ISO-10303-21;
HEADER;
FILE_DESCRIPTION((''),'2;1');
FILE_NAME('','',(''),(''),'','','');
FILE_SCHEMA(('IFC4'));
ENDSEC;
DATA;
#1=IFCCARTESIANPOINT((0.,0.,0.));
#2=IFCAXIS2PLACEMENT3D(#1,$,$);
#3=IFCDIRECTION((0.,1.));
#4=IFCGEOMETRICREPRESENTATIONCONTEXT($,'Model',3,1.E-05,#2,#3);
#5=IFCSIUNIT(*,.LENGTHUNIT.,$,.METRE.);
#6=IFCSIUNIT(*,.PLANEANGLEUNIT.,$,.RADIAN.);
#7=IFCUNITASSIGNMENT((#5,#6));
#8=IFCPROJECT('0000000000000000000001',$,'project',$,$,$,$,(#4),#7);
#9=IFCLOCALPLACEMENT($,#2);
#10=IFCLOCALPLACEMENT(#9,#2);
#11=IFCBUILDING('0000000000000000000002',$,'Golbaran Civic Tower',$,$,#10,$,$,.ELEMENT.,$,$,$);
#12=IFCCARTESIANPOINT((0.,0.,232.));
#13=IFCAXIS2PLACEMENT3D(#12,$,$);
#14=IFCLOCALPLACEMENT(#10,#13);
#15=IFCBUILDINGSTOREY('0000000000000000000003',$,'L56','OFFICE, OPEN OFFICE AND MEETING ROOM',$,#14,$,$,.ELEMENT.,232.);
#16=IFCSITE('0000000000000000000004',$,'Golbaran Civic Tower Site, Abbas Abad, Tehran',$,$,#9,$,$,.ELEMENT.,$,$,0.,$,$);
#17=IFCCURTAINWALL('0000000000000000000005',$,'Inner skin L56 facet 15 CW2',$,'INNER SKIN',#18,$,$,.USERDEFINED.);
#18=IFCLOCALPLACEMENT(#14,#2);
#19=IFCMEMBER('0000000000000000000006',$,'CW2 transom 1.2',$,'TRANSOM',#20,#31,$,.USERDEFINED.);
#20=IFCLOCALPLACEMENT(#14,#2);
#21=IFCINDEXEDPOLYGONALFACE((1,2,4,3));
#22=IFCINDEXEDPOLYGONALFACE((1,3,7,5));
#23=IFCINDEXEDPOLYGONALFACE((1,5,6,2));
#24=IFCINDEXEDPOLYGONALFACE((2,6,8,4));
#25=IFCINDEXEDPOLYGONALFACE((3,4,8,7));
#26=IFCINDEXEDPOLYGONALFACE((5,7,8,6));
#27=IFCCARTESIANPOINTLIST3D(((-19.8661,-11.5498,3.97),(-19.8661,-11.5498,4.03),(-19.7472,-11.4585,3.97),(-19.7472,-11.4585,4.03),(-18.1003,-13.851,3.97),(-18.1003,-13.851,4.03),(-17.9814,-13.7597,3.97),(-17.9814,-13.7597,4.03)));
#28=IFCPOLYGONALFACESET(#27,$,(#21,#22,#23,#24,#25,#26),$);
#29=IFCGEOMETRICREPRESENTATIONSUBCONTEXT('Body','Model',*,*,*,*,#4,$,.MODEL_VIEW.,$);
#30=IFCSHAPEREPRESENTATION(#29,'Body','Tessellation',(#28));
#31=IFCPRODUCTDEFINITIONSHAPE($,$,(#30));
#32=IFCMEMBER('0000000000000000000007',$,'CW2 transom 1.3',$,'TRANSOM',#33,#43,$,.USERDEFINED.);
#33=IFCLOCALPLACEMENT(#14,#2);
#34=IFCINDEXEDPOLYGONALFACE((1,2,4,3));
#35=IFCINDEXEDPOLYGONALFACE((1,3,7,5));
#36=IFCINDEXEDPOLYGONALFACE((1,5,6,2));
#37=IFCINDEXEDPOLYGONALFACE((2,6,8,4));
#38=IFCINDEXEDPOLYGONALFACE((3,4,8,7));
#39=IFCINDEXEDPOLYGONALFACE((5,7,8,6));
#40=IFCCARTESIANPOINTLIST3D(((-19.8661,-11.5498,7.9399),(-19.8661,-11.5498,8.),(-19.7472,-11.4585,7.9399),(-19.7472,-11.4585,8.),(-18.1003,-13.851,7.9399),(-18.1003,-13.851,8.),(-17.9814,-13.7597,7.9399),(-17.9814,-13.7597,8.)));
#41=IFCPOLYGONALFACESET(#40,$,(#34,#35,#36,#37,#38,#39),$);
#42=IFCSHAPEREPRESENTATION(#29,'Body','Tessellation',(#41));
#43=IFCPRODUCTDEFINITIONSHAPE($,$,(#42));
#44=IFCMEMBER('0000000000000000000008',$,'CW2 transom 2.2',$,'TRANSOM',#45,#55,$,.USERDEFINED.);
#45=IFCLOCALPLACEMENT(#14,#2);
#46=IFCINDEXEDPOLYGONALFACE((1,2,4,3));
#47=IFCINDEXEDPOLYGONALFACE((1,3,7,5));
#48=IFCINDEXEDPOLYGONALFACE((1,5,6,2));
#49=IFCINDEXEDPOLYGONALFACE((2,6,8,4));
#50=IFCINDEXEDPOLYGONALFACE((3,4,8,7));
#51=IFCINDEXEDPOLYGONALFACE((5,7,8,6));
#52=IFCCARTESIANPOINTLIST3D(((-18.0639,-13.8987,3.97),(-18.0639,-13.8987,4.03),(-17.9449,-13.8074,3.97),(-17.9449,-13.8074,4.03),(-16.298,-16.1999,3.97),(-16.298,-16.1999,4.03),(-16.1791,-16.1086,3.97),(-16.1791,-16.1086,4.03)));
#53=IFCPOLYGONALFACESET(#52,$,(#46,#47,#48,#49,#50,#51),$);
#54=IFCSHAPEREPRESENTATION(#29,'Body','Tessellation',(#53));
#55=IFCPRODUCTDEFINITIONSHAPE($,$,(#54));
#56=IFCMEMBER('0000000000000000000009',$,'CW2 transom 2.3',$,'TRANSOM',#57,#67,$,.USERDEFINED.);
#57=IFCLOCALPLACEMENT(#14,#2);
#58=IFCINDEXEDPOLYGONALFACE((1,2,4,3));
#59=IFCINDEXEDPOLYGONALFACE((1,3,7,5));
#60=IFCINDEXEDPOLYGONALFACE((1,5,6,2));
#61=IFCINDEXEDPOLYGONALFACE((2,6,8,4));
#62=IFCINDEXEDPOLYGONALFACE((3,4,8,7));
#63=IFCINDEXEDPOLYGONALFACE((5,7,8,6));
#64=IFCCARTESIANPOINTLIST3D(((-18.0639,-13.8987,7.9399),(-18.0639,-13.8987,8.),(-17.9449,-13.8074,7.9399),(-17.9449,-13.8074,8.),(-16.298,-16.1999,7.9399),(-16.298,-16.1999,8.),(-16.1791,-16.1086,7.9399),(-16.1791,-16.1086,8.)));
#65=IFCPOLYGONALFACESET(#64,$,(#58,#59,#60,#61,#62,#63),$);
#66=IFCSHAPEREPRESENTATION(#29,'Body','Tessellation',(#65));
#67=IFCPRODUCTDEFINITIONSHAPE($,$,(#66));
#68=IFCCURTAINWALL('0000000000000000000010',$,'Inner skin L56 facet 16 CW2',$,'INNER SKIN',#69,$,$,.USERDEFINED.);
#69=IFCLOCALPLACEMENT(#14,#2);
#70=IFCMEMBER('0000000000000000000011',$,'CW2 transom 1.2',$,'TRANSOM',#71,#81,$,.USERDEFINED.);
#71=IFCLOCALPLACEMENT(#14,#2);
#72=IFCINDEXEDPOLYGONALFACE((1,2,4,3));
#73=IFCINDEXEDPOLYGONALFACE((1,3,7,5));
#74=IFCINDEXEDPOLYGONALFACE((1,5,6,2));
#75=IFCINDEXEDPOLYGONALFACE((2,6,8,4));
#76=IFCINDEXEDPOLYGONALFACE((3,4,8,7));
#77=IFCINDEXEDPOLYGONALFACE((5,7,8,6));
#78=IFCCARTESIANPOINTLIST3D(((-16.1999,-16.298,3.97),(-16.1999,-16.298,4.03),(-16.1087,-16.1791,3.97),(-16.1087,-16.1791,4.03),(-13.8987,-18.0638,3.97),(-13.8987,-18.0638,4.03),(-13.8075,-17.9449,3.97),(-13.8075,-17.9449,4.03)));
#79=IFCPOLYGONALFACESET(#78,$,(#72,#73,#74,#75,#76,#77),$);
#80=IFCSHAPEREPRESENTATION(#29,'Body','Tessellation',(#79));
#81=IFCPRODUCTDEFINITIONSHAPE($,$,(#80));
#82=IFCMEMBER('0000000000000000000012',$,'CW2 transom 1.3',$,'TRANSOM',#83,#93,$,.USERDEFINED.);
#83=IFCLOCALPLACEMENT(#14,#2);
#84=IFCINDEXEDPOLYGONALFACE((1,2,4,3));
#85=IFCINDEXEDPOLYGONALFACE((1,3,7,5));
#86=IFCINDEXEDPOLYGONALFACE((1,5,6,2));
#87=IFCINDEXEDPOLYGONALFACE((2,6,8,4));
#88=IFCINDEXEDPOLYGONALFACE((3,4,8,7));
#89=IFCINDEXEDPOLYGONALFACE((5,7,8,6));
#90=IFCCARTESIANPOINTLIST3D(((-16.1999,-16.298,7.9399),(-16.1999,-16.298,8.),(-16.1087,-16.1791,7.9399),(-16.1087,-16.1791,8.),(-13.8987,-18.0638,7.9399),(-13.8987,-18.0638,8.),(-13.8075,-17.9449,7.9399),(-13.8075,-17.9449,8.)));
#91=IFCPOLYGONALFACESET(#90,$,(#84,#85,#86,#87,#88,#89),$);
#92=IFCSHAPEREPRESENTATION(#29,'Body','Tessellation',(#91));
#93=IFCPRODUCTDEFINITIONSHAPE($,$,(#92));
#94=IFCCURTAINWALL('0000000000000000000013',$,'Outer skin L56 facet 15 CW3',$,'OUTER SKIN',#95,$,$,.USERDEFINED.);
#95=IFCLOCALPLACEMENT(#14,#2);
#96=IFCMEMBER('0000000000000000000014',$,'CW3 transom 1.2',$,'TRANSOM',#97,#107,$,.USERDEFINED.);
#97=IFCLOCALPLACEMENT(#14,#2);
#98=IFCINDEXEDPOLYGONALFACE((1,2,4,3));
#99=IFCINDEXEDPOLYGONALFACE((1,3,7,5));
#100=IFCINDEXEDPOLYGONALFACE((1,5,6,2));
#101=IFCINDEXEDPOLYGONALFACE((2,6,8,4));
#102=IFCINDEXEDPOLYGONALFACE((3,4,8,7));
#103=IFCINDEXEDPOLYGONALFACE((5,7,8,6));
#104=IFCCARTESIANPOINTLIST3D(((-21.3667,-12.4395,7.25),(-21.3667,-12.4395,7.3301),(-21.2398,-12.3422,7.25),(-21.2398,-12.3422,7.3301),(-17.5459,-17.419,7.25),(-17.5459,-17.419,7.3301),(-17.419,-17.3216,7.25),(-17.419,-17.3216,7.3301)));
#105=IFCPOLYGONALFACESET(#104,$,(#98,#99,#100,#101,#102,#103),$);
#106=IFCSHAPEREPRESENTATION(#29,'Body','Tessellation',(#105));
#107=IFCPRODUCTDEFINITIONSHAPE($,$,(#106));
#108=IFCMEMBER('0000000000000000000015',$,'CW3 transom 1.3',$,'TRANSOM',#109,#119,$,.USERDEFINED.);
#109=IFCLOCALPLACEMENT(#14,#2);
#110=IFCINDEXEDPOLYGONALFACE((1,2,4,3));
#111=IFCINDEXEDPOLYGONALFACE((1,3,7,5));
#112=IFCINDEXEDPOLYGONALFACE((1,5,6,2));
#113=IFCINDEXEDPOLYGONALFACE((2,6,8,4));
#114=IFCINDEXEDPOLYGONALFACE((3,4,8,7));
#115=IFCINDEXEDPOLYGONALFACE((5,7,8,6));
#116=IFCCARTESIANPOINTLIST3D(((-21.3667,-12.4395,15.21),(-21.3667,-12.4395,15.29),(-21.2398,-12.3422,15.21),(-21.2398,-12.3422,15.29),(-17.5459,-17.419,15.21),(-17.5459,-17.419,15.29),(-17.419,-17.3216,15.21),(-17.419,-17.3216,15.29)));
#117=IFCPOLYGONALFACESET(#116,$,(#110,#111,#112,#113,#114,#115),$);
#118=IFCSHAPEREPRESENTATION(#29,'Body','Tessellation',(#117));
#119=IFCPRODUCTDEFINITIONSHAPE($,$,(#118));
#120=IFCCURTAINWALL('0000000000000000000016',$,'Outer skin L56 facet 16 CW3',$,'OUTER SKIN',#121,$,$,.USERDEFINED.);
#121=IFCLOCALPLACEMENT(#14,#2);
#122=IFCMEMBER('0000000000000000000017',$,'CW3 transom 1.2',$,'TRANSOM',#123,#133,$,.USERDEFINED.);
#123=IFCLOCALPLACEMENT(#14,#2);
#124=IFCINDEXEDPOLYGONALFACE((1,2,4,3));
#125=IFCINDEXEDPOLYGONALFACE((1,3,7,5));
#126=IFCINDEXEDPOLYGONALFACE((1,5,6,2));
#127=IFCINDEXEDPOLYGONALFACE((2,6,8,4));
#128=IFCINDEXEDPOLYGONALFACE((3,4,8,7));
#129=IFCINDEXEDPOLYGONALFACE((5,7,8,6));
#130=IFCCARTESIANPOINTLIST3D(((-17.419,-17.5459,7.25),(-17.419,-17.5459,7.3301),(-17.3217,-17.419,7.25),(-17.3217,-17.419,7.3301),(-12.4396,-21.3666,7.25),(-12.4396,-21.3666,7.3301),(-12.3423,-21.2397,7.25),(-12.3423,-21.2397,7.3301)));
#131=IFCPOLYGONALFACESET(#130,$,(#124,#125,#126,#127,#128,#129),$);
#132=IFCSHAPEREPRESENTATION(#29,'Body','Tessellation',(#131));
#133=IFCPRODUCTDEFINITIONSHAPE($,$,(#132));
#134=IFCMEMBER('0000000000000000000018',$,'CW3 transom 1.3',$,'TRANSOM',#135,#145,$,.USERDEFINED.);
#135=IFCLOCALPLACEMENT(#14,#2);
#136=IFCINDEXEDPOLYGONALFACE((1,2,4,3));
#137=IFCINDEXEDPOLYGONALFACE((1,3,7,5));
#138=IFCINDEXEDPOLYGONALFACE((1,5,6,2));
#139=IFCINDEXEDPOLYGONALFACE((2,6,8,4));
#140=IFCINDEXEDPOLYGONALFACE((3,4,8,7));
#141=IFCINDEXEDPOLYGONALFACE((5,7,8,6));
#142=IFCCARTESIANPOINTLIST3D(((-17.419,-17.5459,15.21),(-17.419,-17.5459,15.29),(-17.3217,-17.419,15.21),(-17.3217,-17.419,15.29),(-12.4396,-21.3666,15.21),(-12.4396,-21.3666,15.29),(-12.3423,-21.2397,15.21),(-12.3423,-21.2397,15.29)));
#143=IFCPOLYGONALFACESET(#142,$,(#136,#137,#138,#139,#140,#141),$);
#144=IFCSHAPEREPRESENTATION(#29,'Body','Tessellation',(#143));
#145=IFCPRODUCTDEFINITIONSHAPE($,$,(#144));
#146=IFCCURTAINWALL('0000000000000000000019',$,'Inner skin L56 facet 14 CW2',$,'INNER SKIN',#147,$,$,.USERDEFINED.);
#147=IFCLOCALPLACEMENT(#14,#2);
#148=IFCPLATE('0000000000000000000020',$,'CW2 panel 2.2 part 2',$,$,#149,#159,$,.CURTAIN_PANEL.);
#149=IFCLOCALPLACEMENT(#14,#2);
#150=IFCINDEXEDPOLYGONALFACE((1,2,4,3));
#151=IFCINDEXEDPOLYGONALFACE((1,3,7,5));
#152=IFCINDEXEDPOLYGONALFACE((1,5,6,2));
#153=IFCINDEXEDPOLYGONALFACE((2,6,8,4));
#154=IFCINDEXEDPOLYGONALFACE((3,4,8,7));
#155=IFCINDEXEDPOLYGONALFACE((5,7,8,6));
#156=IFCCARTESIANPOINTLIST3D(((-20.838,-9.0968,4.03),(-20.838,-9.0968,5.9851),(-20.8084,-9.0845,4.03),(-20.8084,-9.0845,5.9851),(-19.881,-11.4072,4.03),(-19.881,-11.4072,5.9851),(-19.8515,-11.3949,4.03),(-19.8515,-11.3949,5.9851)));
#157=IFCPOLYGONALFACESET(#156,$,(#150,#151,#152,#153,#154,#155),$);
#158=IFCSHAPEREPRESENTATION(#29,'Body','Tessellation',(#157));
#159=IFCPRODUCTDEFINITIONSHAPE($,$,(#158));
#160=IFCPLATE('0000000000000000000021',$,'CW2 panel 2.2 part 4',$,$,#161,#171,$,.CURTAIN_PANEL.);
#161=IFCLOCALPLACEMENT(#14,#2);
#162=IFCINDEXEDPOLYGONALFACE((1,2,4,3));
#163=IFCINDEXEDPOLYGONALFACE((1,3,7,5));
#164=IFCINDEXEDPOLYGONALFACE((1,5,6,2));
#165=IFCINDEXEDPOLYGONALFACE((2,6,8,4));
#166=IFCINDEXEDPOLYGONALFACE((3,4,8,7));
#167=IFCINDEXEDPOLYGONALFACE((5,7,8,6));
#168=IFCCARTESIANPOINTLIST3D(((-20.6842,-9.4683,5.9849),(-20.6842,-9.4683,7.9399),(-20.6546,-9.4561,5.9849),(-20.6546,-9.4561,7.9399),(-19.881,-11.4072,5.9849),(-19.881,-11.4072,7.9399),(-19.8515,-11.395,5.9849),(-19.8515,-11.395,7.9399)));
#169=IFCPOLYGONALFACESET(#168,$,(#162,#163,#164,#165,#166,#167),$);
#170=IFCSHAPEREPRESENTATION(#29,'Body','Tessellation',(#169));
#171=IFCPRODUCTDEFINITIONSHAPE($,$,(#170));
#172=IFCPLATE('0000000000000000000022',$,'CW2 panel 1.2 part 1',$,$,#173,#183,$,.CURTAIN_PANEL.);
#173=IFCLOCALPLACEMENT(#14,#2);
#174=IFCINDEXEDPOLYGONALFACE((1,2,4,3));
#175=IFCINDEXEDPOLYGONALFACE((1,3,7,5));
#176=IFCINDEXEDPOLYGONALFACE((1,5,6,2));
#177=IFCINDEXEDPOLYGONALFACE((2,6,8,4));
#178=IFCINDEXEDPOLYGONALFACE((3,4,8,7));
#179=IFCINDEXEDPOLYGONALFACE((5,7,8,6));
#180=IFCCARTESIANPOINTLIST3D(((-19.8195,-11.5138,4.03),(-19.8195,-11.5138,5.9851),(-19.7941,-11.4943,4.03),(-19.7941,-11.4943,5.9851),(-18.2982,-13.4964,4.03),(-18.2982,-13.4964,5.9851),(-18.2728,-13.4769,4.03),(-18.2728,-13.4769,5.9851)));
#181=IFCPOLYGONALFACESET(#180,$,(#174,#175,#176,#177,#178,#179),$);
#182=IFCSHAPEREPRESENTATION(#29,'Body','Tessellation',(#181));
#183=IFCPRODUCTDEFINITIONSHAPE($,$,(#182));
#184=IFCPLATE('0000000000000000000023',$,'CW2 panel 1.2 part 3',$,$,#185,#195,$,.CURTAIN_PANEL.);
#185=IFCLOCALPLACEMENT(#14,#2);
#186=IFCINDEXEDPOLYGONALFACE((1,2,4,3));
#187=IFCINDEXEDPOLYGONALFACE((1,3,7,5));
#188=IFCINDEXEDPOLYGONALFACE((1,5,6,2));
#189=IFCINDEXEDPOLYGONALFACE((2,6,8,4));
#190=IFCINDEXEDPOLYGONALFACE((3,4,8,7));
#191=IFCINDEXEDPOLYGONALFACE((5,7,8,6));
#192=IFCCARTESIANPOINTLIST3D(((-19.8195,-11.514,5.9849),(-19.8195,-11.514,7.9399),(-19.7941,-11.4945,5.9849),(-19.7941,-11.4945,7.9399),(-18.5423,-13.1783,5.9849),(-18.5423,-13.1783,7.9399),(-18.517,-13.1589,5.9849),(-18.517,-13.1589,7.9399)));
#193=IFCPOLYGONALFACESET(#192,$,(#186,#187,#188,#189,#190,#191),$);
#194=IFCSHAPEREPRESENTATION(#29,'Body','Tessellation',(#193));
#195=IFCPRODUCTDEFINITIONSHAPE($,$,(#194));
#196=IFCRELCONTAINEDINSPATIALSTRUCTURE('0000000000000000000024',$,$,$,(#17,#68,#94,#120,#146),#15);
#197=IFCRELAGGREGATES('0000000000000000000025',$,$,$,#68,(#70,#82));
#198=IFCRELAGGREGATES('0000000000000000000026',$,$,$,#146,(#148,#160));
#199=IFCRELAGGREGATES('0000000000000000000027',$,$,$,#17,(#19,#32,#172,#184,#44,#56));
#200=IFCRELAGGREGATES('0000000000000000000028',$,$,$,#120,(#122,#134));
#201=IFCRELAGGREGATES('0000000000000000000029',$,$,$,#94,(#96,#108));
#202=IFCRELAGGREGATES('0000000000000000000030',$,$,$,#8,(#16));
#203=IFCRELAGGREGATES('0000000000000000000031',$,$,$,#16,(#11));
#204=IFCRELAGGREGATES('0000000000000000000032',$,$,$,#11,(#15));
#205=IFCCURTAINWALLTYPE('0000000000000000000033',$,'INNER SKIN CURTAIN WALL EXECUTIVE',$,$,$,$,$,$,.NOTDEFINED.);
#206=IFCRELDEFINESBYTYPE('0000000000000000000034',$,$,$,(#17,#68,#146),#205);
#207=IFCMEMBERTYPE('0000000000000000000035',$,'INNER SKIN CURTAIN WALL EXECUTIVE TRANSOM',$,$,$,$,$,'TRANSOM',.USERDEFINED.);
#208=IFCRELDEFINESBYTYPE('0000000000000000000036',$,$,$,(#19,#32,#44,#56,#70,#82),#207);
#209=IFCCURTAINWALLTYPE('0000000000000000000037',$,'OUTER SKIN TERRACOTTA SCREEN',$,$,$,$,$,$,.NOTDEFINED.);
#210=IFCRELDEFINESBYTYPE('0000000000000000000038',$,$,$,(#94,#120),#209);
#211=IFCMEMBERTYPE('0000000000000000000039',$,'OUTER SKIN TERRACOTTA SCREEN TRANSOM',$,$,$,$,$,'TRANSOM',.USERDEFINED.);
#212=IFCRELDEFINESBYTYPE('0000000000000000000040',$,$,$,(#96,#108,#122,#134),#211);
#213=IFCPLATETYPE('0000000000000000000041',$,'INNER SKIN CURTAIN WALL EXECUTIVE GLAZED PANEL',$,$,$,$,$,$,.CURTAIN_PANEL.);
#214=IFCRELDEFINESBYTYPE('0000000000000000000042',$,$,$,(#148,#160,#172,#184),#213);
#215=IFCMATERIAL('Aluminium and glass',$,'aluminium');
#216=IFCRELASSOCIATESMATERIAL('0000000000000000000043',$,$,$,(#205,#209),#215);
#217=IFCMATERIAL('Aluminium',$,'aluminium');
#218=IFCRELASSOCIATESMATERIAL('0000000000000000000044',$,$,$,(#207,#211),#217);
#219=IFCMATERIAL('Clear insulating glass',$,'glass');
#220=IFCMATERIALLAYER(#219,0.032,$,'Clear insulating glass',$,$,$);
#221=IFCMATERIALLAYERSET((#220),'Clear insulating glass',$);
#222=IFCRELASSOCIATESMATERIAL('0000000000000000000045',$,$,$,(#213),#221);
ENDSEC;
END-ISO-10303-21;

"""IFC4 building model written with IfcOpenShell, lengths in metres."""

from ifc_helpers import new_model, si_unit, direction, frame, origin, origin_2d, place, context, subcontext, project, spatial, rectangle, extrude, material, layer, layer_set, material_profile, profile_set, type_object, element, aggregate, save


model = new_model("IFC4")

# Units and contexts
model_context = context("Model", 3, precision=1e-05, world=origin(), true_north=direction((0.0, 1.0)))
body_context = subcontext(model_context, "Body", "Model", "MODEL_VIEW")
ifc_project = project(units=[si_unit("LENGTHUNIT", "METRE"), si_unit("PLANEANGLEUNIT", "RADIAN")], contexts=[model_context])

# Site, building, storey
site_placement = place(None, origin())
site = spatial("IfcSite", under=ifc_project, at=site_placement, Name="Golbaran Civic Tower Site, Abbas Abad, Tehran", CompositionType="ELEMENT", RefElevation=0.0)
building_placement = place(site_placement, origin())
building = spatial("IfcBuilding", under=site, at=building_placement, Name="Golbaran Civic Tower", CompositionType="ELEMENT")
storey_placement = place(building_placement, frame((0.0, 0.0, 232.0)))
storey = spatial("IfcBuildingStorey", under=building, at=storey_placement, Name="L56", Description="OFFICE, OPEN OFFICE AND MEETING ROOM", CompositionType="ELEMENT", Elevation=232.0)

# Curtain walls, members
ifc_material_1 = material(Name="Aluminium and glass", Category="aluminium")
curtain_wall_type_1 = type_object("IfcCurtainWallType", Name="INNER SKIN CURTAIN WALL EXECUTIVE", PredefinedType="NOTDEFINED", material=ifc_material_1)
curtain_wall_1_placement = place(storey_placement, origin())
curtain_wall_1 = element("IfcCurtainWall", 1, at=curtain_wall_1_placement, inside=storey, type_object=curtain_wall_type_1, Name="Inner skin L56 facet 15 CW2", ObjectType="INNER SKIN", PredefinedType="USERDEFINED")
ifc_material_2 = material(Name="Aluminium", Category="aluminium")
ifc_material_profile_1 = material_profile(ifc_material_2, rectangle(XDim=0.1499, YDim=0.0601, at=origin_2d()), Name="INNER SKIN CURTAIN WALL EXECUTIVE TRANSOM")
ifc_profile_set_1 = profile_set([ifc_material_profile_1], Name="Aluminium")
member_type_1 = type_object("IfcMemberType", Name="INNER SKIN CURTAIN WALL EXECUTIVE TRANSOM", ElementType="TRANSOM", PredefinedType="USERDEFINED", material=ifc_profile_set_1)
member_1_placement = place(storey_placement, frame((-19.8066, -11.5042, 4.0), z_axis=(0.608771, -0.793346, 0.0), x_axis=(0.793346, 0.608771, 0.0)))
member_1 = element("IfcMember", 2, at=member_1_placement, type_object=member_type_1, Name="CW2 transom 1.2", ObjectType="TRANSOM", PredefinedType="USERDEFINED", context=body_context, shape_type="SweptSolid", body=[
    extrude(rectangle(XDim=0.1499, YDim=0.0601, at=origin_2d()), origin(), (0.0, 0.0, 1.0), 2.9006),
])
member_2_placement = place(storey_placement, frame((-19.8066, -11.5042, 7.97), z_axis=(0.608771, -0.793346, 0.0), x_axis=(0.793346, 0.608771, 0.0)))
member_2 = element("IfcMember", 3, at=member_2_placement, type_object=member_type_1, Name="CW2 transom 1.3", ObjectType="TRANSOM", PredefinedType="USERDEFINED", context=body_context, shape_type="SweptSolid", body=[
    extrude(rectangle(XDim=0.1499, YDim=0.0601, at=origin_2d()), origin(), (0.0, 0.0, 1.0), 2.9006),
])
member_3_placement = place(storey_placement, frame((-18.0044, -13.853, 4.0), z_axis=(0.608771, -0.793346, 0.0), x_axis=(0.793346, 0.608771, 0.0)))
member_3 = element("IfcMember", 4, at=member_3_placement, type_object=member_type_1, Name="CW2 transom 2.2", ObjectType="TRANSOM", PredefinedType="USERDEFINED", context=body_context, shape_type="SweptSolid", body=[
    extrude(rectangle(XDim=0.1499, YDim=0.0601, at=origin_2d()), origin(), (0.0, 0.0, 1.0), 2.9006),
])
member_4_placement = place(storey_placement, frame((-18.0044, -13.853, 7.97), z_axis=(0.608771, -0.793346, 0.0), x_axis=(0.793346, 0.608771, 0.0)))
member_4 = element("IfcMember", 5, at=member_4_placement, type_object=member_type_1, Name="CW2 transom 2.3", ObjectType="TRANSOM", PredefinedType="USERDEFINED", context=body_context, shape_type="SweptSolid", body=[
    extrude(rectangle(XDim=0.1499, YDim=0.0601, at=origin_2d()), origin(), (0.0, 0.0, 1.0), 2.9006),
])
curtain_wall_2_placement = place(storey_placement, origin())
curtain_wall_2 = element("IfcCurtainWall", 6, at=curtain_wall_2_placement, inside=storey, type_object=curtain_wall_type_1, Name="Inner skin L56 facet 16 CW2", ObjectType="INNER SKIN", PredefinedType="USERDEFINED")
member_5_placement = place(storey_placement, frame((-16.1543, -16.2385, 4.0), z_axis=(0.793346, -0.608771, 0.0), x_axis=(0.608771, 0.793346, 0.0)))
member_5 = element("IfcMember", 7, at=member_5_placement, type_object=member_type_1, Name="CW2 transom 1.2", ObjectType="TRANSOM", PredefinedType="USERDEFINED", context=body_context, shape_type="SweptSolid", body=[
    extrude(rectangle(XDim=0.1499, YDim=0.0601, at=origin_2d()), origin(), (0.0, 0.0, 1.0), 2.9006),
])
member_6_placement = place(storey_placement, frame((-16.1543, -16.2385, 7.97), z_axis=(0.793346, -0.608771, 0.0), x_axis=(0.608771, 0.793346, 0.0)))
member_6 = element("IfcMember", 8, at=member_6_placement, type_object=member_type_1, Name="CW2 transom 1.3", ObjectType="TRANSOM", PredefinedType="USERDEFINED", context=body_context, shape_type="SweptSolid", body=[
    extrude(rectangle(XDim=0.1499, YDim=0.0601, at=origin_2d()), origin(), (0.0, 0.0, 1.0), 2.9006),
])
curtain_wall_type_2 = type_object("IfcCurtainWallType", Name="OUTER SKIN TERRACOTTA SCREEN", PredefinedType="NOTDEFINED", material=ifc_material_1)
curtain_wall_3_placement = place(storey_placement, origin())
curtain_wall_3 = element("IfcCurtainWall", 9, at=curtain_wall_3_placement, inside=storey, type_object=curtain_wall_type_2, Name="Outer skin L56 facet 15 CW3", ObjectType="OUTER SKIN", PredefinedType="USERDEFINED")
ifc_material_profile_2 = material_profile(ifc_material_2, rectangle(XDim=0.1599, YDim=0.0801, at=origin_2d()), Name="OUTER SKIN TERRACOTTA SCREEN TRANSOM")
ifc_profile_set_2 = profile_set([ifc_material_profile_2], Name="Aluminium")
member_type_2 = type_object("IfcMemberType", Name="OUTER SKIN TERRACOTTA SCREEN TRANSOM", ElementType="TRANSOM", PredefinedType="USERDEFINED", material=ifc_profile_set_2)
member_7_placement = place(storey_placement, frame((-21.3032, -12.3909, 7.29), z_axis=(0.608752, -0.793361, 0.0), x_axis=(0.793361, 0.608752, 0.0)))
member_7 = element("IfcMember", 10, at=member_7_placement, type_object=member_type_2, Name="CW3 transom 1.2", ObjectType="TRANSOM", PredefinedType="USERDEFINED", context=body_context, shape_type="SweptSolid", body=[
    extrude(rectangle(XDim=0.1599, YDim=0.0801, at=origin_2d()), origin(), (0.0, 0.0, 1.0), 6.2764),
])
member_8_placement = place(storey_placement, frame((-21.3032, -12.3909, 15.25), z_axis=(0.608752, -0.793361, 0.0), x_axis=(0.793361, 0.608752, 0.0)))
member_8 = element("IfcMember", 11, at=member_8_placement, type_object=member_type_2, Name="CW3 transom 1.3", ObjectType="TRANSOM", PredefinedType="USERDEFINED", context=body_context, shape_type="SweptSolid", body=[
    extrude(rectangle(XDim=0.1599, YDim=0.0801, at=origin_2d()), origin(), (0.0, 0.0, 1.0), 6.2764),
])
curtain_wall_4_placement = place(storey_placement, origin())
curtain_wall_4 = element("IfcCurtainWall", 12, at=curtain_wall_4_placement, inside=storey, type_object=curtain_wall_type_2, Name="Outer skin L56 facet 16 CW3", ObjectType="OUTER SKIN", PredefinedType="USERDEFINED")
member_9_placement = place(storey_placement, frame((-17.3704, -17.4824, 7.29), z_axis=(0.793361, -0.608752, 0.0), x_axis=(0.608752, 0.793361, 0.0)))
member_9 = element("IfcMember", 13, at=member_9_placement, type_object=member_type_2, Name="CW3 transom 1.2", ObjectType="TRANSOM", PredefinedType="USERDEFINED", context=body_context, shape_type="SweptSolid", body=[
    extrude(rectangle(XDim=0.1599, YDim=0.0801, at=origin_2d()), origin(), (0.0, 0.0, 1.0), 6.2764),
])
member_10_placement = place(storey_placement, frame((-17.3704, -17.4824, 15.25), z_axis=(0.793361, -0.608752, 0.0), x_axis=(0.608752, 0.793361, 0.0)))
member_10 = element("IfcMember", 14, at=member_10_placement, type_object=member_type_2, Name="CW3 transom 1.3", ObjectType="TRANSOM", PredefinedType="USERDEFINED", context=body_context, shape_type="SweptSolid", body=[
    extrude(rectangle(XDim=0.1599, YDim=0.0801, at=origin_2d()), origin(), (0.0, 0.0, 1.0), 6.2764),
])

# Curtain wall, plates
curtain_wall_5_placement = place(storey_placement, origin())
curtain_wall_5 = element("IfcCurtainWall", 15, at=curtain_wall_5_placement, inside=storey, type_object=curtain_wall_type_1, Name="Inner skin L56 facet 14 CW2", ObjectType="INNER SKIN", PredefinedType="USERDEFINED")
ifc_material_3 = material(Name="Clear insulating glass", Category="glass")
ifc_layer_1 = layer(ifc_material_3, 0.032, Name="Clear insulating glass")
ifc_layer_set_1 = layer_set([ifc_layer_1], Name="Clear insulating glass")
plate_type_1 = type_object("IfcPlateType", Name="INNER SKIN CURTAIN WALL EXECUTIVE GLAZED PANEL", PredefinedType="CURTAIN_PANEL", material=ifc_layer_set_1)
plate_1_placement = place(storey_placement, frame((-20.3447, -10.2458, 4.03), z_axis=(0.0, 0.0, 1.0), x_axis=(0.382683, -0.92388, 0.0)))
plate_1 = element("IfcPlate", 16, at=plate_1_placement, type_object=plate_type_1, Name="CW2 panel 2.2 part 2", PredefinedType="CURTAIN_PANEL", context=body_context, shape_type="SweptSolid", body=[
    extrude(rectangle(XDim=2.5007, YDim=0.032, at=origin_2d()), origin(), (0.0, 0.0, 1.0), 1.9551),
])
plate_2_placement = place(storey_placement, frame((-20.2678, -10.4316, 5.9849), z_axis=(0.0, 0.0, 1.0), x_axis=(0.382683, -0.92388, 0.0)))
plate_2 = element("IfcPlate", 17, at=plate_2_placement, type_object=plate_type_1, Name="CW2 panel 2.2 part 4", PredefinedType="CURTAIN_PANEL", context=body_context, shape_type="SweptSolid", body=[
    extrude(rectangle(XDim=2.0986, YDim=0.032, at=origin_2d()), origin(), (0.0, 0.0, 1.0), 1.9551),
])

# Plates
plate_3_placement = place(storey_placement, frame((-19.0461, -12.4954, 4.03), z_axis=(0.0, 0.0, 1.0), x_axis=(0.608761, -0.793353, 0.0)))
plate_3 = element("IfcPlate", 18, at=plate_3_placement, type_object=plate_type_1, Name="CW2 panel 1.2 part 1", PredefinedType="CURTAIN_PANEL", context=body_context, shape_type="SweptSolid", body=[
    extrude(rectangle(XDim=2.499, YDim=0.032, at=origin_2d()), origin(), (0.0, 0.0, 1.0), 1.9551),
])
plate_4_placement = place(storey_placement, frame((-19.1682, -12.3364, 5.9849), z_axis=(0.0, 0.0, 1.0), x_axis=(0.608761, -0.793353, 0.0)))
plate_4 = element("IfcPlate", 19, at=plate_4_placement, type_object=plate_type_1, Name="CW2 panel 1.2 part 3", PredefinedType="CURTAIN_PANEL", context=body_context, shape_type="SweptSolid", body=[
    extrude(rectangle(XDim=2.0979, YDim=0.032, at=origin_2d()), origin(), (0.0, 0.0, 1.0), 1.9551),
])
aggregate(curtain_wall_2, [member_5, member_6])
aggregate(curtain_wall_5, [plate_1, plate_2])
aggregate(curtain_wall_1, [member_1, member_2, plate_3, plate_4, member_3, member_4])

aggregate(curtain_wall_4, [member_9, member_10])
aggregate(curtain_wall_3, [member_7, member_8])

save(model, "model.ifc")
